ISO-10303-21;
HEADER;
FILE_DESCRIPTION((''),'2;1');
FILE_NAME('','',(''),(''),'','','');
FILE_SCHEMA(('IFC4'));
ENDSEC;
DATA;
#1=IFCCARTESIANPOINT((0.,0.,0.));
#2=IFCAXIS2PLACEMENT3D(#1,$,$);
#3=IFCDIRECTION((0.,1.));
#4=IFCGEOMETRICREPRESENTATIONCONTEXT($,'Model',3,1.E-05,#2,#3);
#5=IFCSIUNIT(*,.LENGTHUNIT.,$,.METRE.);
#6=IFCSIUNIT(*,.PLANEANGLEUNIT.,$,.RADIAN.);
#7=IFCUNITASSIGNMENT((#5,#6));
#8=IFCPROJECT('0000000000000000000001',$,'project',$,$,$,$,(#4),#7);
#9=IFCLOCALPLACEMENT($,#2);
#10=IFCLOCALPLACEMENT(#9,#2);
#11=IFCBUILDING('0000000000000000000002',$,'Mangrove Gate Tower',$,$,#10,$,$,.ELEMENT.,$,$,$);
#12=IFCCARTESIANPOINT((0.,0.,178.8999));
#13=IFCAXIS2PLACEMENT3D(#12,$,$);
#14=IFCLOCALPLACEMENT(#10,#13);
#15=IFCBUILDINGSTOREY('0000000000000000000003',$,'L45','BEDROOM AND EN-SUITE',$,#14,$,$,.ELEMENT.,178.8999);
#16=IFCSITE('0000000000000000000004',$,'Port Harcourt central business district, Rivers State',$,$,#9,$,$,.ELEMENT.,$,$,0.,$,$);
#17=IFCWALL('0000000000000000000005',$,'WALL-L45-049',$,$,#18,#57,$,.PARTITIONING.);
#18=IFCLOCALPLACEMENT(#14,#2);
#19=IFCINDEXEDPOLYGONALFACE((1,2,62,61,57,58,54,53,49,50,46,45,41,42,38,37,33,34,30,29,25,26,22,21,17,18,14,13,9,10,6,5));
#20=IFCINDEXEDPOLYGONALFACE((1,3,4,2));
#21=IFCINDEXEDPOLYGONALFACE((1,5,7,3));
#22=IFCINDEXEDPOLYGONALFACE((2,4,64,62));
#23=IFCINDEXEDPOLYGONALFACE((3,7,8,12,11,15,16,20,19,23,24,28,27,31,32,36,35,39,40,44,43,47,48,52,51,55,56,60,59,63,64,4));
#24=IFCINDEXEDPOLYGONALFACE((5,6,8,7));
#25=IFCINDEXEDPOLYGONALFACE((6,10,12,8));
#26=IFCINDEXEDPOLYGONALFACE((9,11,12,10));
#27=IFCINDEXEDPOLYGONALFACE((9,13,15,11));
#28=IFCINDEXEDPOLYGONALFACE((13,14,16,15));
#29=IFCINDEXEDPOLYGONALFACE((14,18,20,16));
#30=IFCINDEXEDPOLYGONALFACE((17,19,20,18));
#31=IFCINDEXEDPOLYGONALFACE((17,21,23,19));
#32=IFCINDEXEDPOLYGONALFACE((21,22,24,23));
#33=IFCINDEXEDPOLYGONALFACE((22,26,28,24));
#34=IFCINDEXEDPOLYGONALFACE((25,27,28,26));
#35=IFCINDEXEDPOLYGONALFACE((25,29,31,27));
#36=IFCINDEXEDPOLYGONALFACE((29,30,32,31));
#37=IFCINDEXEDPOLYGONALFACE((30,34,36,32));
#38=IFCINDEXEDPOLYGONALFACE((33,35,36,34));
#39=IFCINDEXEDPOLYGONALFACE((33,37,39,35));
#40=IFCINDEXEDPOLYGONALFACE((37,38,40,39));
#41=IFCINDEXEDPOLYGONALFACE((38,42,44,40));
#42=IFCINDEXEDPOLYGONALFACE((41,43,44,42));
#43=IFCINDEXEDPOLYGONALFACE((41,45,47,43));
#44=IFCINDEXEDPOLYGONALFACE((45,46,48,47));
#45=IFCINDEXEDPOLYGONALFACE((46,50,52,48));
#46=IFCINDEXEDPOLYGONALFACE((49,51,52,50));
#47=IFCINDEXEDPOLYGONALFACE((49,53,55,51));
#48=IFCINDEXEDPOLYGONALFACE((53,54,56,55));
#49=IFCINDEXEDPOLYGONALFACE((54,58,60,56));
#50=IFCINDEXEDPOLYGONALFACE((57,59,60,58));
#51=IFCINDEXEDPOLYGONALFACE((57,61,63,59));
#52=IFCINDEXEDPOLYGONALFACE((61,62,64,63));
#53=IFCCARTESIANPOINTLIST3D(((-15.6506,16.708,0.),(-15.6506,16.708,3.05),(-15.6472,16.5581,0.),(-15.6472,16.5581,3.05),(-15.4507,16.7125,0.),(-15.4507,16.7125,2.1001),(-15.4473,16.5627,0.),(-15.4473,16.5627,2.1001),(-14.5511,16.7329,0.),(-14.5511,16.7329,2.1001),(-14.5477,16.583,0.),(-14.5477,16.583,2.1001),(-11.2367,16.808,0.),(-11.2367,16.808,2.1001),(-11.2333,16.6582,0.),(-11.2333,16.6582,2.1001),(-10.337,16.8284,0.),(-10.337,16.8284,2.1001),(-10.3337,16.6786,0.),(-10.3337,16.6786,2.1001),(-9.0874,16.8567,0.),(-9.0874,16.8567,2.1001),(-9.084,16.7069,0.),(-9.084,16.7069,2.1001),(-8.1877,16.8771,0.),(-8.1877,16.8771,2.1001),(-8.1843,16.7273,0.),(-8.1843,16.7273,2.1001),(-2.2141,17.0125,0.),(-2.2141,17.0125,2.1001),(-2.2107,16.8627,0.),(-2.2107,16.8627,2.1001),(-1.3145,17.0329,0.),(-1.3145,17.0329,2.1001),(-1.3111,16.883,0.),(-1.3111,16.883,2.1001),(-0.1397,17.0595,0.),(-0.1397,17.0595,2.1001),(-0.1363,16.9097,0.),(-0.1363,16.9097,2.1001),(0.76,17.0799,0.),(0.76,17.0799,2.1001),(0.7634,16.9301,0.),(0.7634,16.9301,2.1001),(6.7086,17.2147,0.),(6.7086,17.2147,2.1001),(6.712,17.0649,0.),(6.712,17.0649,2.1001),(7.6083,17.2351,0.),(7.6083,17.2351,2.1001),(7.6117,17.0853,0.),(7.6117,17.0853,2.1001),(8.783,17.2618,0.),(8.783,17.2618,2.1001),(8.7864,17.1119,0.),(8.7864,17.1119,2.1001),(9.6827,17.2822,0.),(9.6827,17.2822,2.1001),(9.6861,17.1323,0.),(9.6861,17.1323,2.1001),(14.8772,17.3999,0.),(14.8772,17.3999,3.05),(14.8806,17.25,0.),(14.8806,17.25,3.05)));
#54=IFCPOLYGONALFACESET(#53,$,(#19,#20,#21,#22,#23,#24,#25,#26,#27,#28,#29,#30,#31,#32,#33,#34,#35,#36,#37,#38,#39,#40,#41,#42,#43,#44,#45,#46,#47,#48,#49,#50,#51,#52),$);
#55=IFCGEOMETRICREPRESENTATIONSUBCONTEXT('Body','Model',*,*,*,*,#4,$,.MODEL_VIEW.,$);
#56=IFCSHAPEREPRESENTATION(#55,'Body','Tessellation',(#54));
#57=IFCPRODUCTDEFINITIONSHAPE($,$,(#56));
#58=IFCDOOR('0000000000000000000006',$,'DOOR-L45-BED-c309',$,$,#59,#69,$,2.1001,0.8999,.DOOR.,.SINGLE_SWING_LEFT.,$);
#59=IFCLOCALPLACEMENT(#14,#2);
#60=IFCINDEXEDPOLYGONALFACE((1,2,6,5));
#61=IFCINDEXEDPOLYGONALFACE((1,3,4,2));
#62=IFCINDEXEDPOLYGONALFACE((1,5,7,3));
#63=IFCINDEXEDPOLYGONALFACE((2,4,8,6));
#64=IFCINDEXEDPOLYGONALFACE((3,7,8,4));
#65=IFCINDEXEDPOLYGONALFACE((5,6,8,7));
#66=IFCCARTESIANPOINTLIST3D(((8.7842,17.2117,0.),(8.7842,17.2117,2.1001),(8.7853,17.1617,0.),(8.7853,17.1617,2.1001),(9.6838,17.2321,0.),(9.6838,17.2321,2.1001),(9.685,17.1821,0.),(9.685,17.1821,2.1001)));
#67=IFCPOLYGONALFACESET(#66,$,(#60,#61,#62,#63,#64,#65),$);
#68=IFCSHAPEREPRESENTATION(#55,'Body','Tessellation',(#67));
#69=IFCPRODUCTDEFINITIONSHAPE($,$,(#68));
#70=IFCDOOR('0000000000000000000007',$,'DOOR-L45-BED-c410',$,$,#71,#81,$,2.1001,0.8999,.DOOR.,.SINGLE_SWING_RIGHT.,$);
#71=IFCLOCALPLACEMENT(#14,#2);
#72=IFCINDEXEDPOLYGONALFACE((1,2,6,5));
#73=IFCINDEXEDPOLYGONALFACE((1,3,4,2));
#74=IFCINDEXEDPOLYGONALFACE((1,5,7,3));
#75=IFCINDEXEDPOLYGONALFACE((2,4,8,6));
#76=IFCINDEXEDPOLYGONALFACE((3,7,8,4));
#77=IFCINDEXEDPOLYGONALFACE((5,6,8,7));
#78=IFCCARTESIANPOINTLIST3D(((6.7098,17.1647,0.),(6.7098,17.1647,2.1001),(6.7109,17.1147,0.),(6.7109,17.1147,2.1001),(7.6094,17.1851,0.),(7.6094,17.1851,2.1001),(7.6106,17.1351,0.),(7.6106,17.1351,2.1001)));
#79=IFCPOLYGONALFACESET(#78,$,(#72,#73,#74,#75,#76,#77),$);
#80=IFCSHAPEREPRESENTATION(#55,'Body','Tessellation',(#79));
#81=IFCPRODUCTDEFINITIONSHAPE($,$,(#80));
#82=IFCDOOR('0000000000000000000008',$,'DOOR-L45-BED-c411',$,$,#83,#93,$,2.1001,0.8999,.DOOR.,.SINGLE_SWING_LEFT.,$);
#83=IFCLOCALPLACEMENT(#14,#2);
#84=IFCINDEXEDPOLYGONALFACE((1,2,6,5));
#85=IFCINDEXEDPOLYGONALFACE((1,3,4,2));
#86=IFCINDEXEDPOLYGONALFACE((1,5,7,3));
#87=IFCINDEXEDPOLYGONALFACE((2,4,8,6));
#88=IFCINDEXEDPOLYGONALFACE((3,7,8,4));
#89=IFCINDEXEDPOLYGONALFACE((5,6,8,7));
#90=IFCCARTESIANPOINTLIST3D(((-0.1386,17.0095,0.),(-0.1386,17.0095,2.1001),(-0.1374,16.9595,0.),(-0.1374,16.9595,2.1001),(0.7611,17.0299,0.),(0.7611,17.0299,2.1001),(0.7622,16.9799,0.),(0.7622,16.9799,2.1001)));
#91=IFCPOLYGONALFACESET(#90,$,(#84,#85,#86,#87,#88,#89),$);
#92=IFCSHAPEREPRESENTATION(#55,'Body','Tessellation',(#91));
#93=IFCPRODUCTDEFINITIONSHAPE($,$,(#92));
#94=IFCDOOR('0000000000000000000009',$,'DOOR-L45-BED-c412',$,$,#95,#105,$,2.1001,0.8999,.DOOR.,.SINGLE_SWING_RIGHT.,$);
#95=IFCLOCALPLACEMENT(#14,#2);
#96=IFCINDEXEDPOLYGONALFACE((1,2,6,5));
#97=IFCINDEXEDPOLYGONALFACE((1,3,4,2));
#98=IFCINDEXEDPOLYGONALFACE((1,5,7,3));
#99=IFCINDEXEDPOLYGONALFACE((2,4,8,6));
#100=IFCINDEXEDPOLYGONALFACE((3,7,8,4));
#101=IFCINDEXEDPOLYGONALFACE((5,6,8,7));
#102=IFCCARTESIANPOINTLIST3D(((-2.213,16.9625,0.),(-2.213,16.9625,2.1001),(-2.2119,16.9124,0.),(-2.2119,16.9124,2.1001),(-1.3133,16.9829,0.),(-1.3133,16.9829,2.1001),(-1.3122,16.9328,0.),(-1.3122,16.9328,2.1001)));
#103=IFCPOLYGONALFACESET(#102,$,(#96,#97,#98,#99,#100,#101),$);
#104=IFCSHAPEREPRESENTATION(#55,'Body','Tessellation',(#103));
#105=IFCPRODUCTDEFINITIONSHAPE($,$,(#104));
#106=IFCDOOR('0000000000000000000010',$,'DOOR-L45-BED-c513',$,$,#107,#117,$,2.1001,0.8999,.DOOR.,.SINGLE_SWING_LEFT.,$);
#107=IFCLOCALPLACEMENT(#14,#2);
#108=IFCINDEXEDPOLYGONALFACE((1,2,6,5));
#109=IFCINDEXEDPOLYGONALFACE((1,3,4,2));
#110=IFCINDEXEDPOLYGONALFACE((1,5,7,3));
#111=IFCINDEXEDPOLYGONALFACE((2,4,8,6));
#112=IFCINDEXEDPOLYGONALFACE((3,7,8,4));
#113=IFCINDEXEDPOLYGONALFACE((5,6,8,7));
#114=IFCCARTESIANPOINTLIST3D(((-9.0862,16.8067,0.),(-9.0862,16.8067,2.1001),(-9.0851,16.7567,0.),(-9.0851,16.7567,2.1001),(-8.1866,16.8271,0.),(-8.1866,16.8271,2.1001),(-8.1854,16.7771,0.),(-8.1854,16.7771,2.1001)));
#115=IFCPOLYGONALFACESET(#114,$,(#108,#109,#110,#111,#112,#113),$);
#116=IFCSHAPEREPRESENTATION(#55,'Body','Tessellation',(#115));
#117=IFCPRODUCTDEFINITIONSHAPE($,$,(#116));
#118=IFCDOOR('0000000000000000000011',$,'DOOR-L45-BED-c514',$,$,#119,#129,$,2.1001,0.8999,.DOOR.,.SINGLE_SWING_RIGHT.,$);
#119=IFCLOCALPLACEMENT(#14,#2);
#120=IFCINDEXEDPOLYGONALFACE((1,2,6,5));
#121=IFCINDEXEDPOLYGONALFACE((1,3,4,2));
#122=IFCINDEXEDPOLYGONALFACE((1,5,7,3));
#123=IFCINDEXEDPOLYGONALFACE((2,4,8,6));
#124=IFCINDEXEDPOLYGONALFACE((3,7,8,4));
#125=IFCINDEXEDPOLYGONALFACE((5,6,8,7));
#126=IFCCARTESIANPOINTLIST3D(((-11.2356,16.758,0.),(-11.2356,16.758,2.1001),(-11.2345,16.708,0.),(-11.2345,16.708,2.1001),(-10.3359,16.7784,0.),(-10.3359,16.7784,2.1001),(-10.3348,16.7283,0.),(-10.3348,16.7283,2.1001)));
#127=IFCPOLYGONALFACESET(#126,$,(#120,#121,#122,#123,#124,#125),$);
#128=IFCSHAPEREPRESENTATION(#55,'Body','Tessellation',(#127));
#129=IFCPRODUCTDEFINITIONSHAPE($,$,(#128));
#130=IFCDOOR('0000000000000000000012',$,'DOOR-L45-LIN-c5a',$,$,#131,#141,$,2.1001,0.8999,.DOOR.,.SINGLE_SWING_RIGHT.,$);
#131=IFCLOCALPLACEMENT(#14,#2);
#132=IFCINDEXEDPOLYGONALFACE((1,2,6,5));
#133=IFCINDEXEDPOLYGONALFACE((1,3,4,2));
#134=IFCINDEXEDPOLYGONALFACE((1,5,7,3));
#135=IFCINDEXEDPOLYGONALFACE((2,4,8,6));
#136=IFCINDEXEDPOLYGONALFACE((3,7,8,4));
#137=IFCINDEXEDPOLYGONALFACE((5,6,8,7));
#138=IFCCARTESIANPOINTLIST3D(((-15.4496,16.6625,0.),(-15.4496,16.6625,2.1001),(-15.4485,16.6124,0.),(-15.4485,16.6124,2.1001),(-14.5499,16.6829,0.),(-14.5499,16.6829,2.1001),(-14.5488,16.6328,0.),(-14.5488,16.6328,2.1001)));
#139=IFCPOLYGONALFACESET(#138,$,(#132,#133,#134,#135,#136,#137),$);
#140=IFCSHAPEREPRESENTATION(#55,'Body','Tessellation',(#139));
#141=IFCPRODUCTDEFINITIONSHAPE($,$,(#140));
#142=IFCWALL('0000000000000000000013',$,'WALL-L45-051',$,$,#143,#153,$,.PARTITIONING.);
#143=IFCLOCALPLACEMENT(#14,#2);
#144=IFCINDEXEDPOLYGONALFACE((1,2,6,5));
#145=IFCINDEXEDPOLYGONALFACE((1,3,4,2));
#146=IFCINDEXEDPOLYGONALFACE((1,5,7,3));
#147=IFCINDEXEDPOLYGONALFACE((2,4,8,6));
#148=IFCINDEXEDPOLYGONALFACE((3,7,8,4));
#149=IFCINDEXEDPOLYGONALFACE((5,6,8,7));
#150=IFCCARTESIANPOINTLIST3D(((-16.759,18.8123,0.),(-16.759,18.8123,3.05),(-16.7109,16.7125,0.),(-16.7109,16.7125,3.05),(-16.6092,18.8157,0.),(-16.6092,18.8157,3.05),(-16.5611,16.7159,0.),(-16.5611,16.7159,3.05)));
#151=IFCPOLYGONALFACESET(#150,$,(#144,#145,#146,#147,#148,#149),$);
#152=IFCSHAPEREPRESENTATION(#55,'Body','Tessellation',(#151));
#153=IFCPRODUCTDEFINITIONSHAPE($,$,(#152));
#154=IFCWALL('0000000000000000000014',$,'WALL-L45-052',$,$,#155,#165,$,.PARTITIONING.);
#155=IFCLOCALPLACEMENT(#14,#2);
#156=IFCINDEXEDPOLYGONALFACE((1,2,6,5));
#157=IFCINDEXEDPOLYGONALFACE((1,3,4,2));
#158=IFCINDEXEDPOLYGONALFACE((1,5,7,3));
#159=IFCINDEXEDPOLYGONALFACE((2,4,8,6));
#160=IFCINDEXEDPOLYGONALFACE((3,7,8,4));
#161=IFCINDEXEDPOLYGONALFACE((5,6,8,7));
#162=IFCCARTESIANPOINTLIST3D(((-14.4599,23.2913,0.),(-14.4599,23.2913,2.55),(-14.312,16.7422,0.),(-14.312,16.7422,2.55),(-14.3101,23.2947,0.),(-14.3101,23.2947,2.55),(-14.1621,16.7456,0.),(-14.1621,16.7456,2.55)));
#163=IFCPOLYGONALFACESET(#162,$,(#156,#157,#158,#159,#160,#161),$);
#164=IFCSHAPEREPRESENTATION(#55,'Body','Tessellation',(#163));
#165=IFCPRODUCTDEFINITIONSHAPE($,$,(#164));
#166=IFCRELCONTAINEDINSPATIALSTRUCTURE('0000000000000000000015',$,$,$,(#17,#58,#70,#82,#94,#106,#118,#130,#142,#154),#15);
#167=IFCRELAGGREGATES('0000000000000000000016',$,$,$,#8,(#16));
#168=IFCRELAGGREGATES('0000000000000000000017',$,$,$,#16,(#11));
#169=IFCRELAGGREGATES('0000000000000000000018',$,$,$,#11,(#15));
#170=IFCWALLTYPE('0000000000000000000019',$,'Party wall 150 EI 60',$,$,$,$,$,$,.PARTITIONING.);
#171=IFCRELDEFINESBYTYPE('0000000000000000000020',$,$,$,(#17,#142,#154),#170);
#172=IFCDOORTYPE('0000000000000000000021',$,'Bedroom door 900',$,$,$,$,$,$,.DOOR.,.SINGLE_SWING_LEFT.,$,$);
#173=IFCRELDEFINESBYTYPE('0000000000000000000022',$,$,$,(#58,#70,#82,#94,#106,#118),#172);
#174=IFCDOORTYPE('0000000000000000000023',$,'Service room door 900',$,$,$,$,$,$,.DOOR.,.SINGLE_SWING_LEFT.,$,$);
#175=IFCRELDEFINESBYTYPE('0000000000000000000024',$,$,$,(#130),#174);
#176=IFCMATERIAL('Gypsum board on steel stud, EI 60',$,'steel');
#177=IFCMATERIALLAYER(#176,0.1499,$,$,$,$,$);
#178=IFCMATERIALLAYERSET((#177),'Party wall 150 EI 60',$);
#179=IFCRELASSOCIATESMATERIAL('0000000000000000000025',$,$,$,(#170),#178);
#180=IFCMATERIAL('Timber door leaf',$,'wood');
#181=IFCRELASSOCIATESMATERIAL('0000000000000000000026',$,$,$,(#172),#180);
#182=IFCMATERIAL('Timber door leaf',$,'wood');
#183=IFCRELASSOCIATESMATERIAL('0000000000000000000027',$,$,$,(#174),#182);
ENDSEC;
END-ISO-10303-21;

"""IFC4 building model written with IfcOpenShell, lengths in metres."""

from ifc_helpers import new_model, si_unit, direction, frame, frame_2d, origin, place, context, subcontext, project, spatial, rectangle, extrude, material, layer, layer_set, type_object, element, fill, save


model = new_model("IFC4")

# Units and contexts
model_context = context("Model", 3, precision=1e-05, world=origin(), true_north=direction((0.0, 1.0)))
body_context = subcontext(model_context, "Body", "Model", "MODEL_VIEW")
ifc_project = project(units=[si_unit("LENGTHUNIT", "METRE"), si_unit("PLANEANGLEUNIT", "RADIAN")], contexts=[model_context])

# Site, building, storey
site_placement = place(None, origin())
site = spatial("IfcSite", under=ifc_project, at=site_placement, Name="Port Harcourt central business district, Rivers State", CompositionType="ELEMENT", RefElevation=0.0)
building_placement = place(site_placement, origin())
building = spatial("IfcBuilding", under=site, at=building_placement, Name="Mangrove Gate Tower", CompositionType="ELEMENT")
storey_placement = place(building_placement, frame((0.0, 0.0, 178.8999)))
storey = spatial("IfcBuildingStorey", under=building, at=storey_placement, Name="L45", Description="BEDROOM AND EN-SUITE", CompositionType="ELEMENT", Elevation=178.8999)

# Wall, openings, doors
ifc_material_1 = material(Name="Gypsum board on steel stud, EI 60", Category="steel")
ifc_layer_1 = layer(ifc_material_1, 0.1499)
ifc_layer_set_1 = layer_set([ifc_layer_1], Name="Party wall 150 EI 60")
wall_type_1 = type_object("IfcWallType", Name="Party wall 150 EI 60", PredefinedType="PARTITIONING", material=ifc_layer_set_1)
wall_1_placement = place(storey_placement, frame((-15.6489, 16.6331, 0.0), z_axis=(0.0, 0.0, 1.0), x_axis=(0.999743, 0.022659, 0.0)))
wall_1 = element("IfcWall", 1, at=wall_1_placement, inside=storey, type_object=wall_type_1, Name="WALL-L45-049", PredefinedType="PARTITIONING", context=body_context, shape_type="SweptSolid", body=[
    extrude(rectangle(XDim=30.5356, YDim=0.1499, at=frame_2d((15.2678, 0.0))), origin(), (0.0, 0.0, 1.0), 3.05),
])
opening_1_placement = place(wall_1_placement, frame((24.4399, 0.0, 0.0)))
opening_1 = element("IfcOpeningElement", 2, at=opening_1_placement, cuts=wall_1, PredefinedType="OPENING", context=body_context, shape_type="SweptSolid", body=[
    extrude(rectangle(XDim=0.8999, YDim=2.1001, at=frame_2d((0.45, 1.05))), frame((0.0, 0.085, 0.0), z_axis=(0.0, -1.0, 0.0), x_axis=(1.0, 0.0, 0.0)), (0.0, 0.0, 1.0), 0.1699),
])
opening_2_placement = place(wall_1_placement, frame((22.365, 0.0, 0.0)))
opening_2 = element("IfcOpeningElement", 3, at=opening_2_placement, cuts=wall_1, PredefinedType="OPENING", context=body_context, shape_type="SweptSolid", body=[
    extrude(rectangle(XDim=0.8999, YDim=2.1001, at=frame_2d((0.45, 1.05))), frame((0.0, 0.085, 0.0), z_axis=(0.0, -1.0, 0.0), x_axis=(1.0, 0.0, 0.0)), (0.0, 0.0, 1.0), 0.1699),
])
opening_3_placement = place(wall_1_placement, frame((15.5149, 0.0, 0.0)))
opening_3 = element("IfcOpeningElement", 4, at=opening_3_placement, cuts=wall_1, PredefinedType="OPENING", context=body_context, shape_type="SweptSolid", body=[
    extrude(rectangle(XDim=0.8999, YDim=2.1001, at=frame_2d((0.45, 1.05))), frame((0.0, 0.085, 0.0), z_axis=(0.0, -1.0, 0.0), x_axis=(1.0, 0.0, 0.0)), (0.0, 0.0, 1.0), 0.1699),
])
opening_4_placement = place(wall_1_placement, frame((13.4399, 0.0, 0.0)))
opening_4 = element("IfcOpeningElement", 5, at=opening_4_placement, cuts=wall_1, PredefinedType="OPENING", context=body_context, shape_type="SweptSolid", body=[
    extrude(rectangle(XDim=0.8999, YDim=2.1001, at=frame_2d((0.45, 1.05))), frame((0.0, 0.085, 0.0), z_axis=(0.0, -1.0, 0.0), x_axis=(1.0, 0.0, 0.0)), (0.0, 0.0, 1.0), 0.1699),
])
opening_5_placement = place(wall_1_placement, frame((6.5649, 0.0, 0.0)))
opening_5 = element("IfcOpeningElement", 6, at=opening_5_placement, cuts=wall_1, PredefinedType="OPENING", context=body_context, shape_type="SweptSolid", body=[
    extrude(rectangle(XDim=0.8999, YDim=2.1001, at=frame_2d((0.45, 1.05))), frame((0.0, 0.085, 0.0), z_axis=(0.0, -1.0, 0.0), x_axis=(1.0, 0.0, 0.0)), (0.0, 0.0, 1.0), 0.1699),
])
opening_6_placement = place(wall_1_placement, frame((4.415, 0.0, 0.0)))
opening_6 = element("IfcOpeningElement", 7, at=opening_6_placement, cuts=wall_1, PredefinedType="OPENING", context=body_context, shape_type="SweptSolid", body=[
    extrude(rectangle(XDim=0.8999, YDim=2.1001, at=frame_2d((0.45, 1.05))), frame((0.0, 0.085, 0.0), z_axis=(0.0, -1.0, 0.0), x_axis=(1.0, 0.0, 0.0)), (0.0, 0.0, 1.0), 0.1699),
])
opening_7_placement = place(wall_1_placement, frame((0.2, 0.0, 0.0)))
opening_7 = element("IfcOpeningElement", 8, at=opening_7_placement, cuts=wall_1, PredefinedType="OPENING", context=body_context, shape_type="SweptSolid", body=[
    extrude(rectangle(XDim=0.8999, YDim=2.1001, at=frame_2d((0.45, 1.05))), frame((0.0, 0.085, 0.0), z_axis=(0.0, -1.0, 0.0), x_axis=(1.0, 0.0, 0.0)), (0.0, 0.0, 1.0), 0.1699),
])
ifc_material_2 = material(Name="Timber door leaf", Category="wood")
door_type_1 = type_object("IfcDoorType", Name="Bedroom door 900", OperationType="SINGLE_SWING_LEFT", PredefinedType="DOOR", material=ifc_material_2)
door_1_placement = place(opening_1_placement, origin())
door_1 = element("IfcDoor", 9, at=door_1_placement, inside=storey, type_object=door_type_1, Name="DOOR-L45-BED-c309", OperationType="SINGLE_SWING_LEFT", OverallHeight=2.1001, OverallWidth=0.8999, PredefinedType="DOOR", context=body_context, shape_type="SweptSolid", body=[
    extrude(rectangle(XDim=0.8999, YDim=2.1001, at=frame_2d((0.45, 1.05))), frame((0.0, 0.0249, 0.0), z_axis=(0.0, -1.0, 0.0), x_axis=(1.0, 0.0, 0.0)), (0.0, 0.0, 1.0), 0.05),
])
fill(opening_1, door_1)
door_2_placement = place(opening_2_placement, origin())
door_2 = element("IfcDoor", 10, at=door_2_placement, inside=storey, type_object=door_type_1, Name="DOOR-L45-BED-c410", OperationType="SINGLE_SWING_RIGHT", OverallHeight=2.1001, OverallWidth=0.8999, PredefinedType="DOOR", context=body_context, shape_type="SweptSolid", body=[
    extrude(rectangle(XDim=0.8999, YDim=2.1001, at=frame_2d((0.45, 1.05))), frame((0.0, 0.0249, 0.0), z_axis=(0.0, -1.0, 0.0), x_axis=(1.0, 0.0, 0.0)), (0.0, 0.0, 1.0), 0.05),
])
fill(opening_2, door_2)
door_3_placement = place(opening_3_placement, origin())
door_3 = element("IfcDoor", 11, at=door_3_placement, inside=storey, type_object=door_type_1, Name="DOOR-L45-BED-c411", OperationType="SINGLE_SWING_LEFT", OverallHeight=2.1001, OverallWidth=0.8999, PredefinedType="DOOR", context=body_context, shape_type="SweptSolid", body=[
    extrude(rectangle(XDim=0.8999, YDim=2.1001, at=frame_2d((0.45, 1.05))), frame((0.0, 0.0249, 0.0), z_axis=(0.0, -1.0, 0.0), x_axis=(1.0, 0.0, 0.0)), (0.0, 0.0, 1.0), 0.05),
])
fill(opening_3, door_3)
door_4_placement = place(opening_4_placement, origin())
door_4 = element("IfcDoor", 12, at=door_4_placement, inside=storey, type_object=door_type_1, Name="DOOR-L45-BED-c412", OperationType="SINGLE_SWING_RIGHT", OverallHeight=2.1001, OverallWidth=0.8999, PredefinedType="DOOR", context=body_context, shape_type="SweptSolid", body=[
    extrude(rectangle(XDim=0.8999, YDim=2.1001, at=frame_2d((0.45, 1.05))), frame((0.0, 0.0249, 0.0), z_axis=(0.0, -1.0, 0.0), x_axis=(1.0, 0.0, 0.0)), (0.0, 0.0, 1.0), 0.05),
])
fill(opening_4, door_4)
door_5_placement = place(opening_5_placement, origin())
door_5 = element("IfcDoor", 13, at=door_5_placement, inside=storey, type_object=door_type_1, Name="DOOR-L45-BED-c513", OperationType="SINGLE_SWING_LEFT", OverallHeight=2.1001, OverallWidth=0.8999, PredefinedType="DOOR", context=body_context, shape_type="SweptSolid", body=[
    extrude(rectangle(XDim=0.8999, YDim=2.1001, at=frame_2d((0.45, 1.05))), frame((0.0, 0.0249, 0.0), z_axis=(0.0, -1.0, 0.0), x_axis=(1.0, 0.0, 0.0)), (0.0, 0.0, 1.0), 0.05),
])
fill(opening_5, door_5)
door_6_placement = place(opening_6_placement, origin())
door_6 = element("IfcDoor", 14, at=door_6_placement, inside=storey, type_object=door_type_1, Name="DOOR-L45-BED-c514", OperationType="SINGLE_SWING_RIGHT", OverallHeight=2.1001, OverallWidth=0.8999, PredefinedType="DOOR", context=body_context, shape_type="SweptSolid", body=[
    extrude(rectangle(XDim=0.8999, YDim=2.1001, at=frame_2d((0.45, 1.05))), frame((0.0, 0.0249, 0.0), z_axis=(0.0, -1.0, 0.0), x_axis=(1.0, 0.0, 0.0)), (0.0, 0.0, 1.0), 0.05),
])
fill(opening_6, door_6)
ifc_material_3 = material(Name="Timber door leaf", Category="wood")
door_type_2 = type_object("IfcDoorType", Name="Service room door 900", OperationType="SINGLE_SWING_LEFT", PredefinedType="DOOR", material=ifc_material_3)
door_7_placement = place(opening_7_placement, origin())
door_7 = element("IfcDoor", 15, at=door_7_placement, inside=storey, type_object=door_type_2, Name="DOOR-L45-LIN-c5a", OperationType="SINGLE_SWING_RIGHT", OverallHeight=2.1001, OverallWidth=0.8999, PredefinedType="DOOR", context=body_context, shape_type="SweptSolid", body=[
    extrude(rectangle(XDim=0.8999, YDim=2.1001, at=frame_2d((0.45, 1.05))), frame((0.0, 0.0249, 0.0), z_axis=(0.0, -1.0, 0.0), x_axis=(1.0, 0.0, 0.0)), (0.0, 0.0, 1.0), 0.05),
])
fill(opening_7, door_7)

# Walls
wall_2_placement = place(storey_placement, frame((-16.636, 16.7141, 0.0), z_axis=(0.0, 0.0, 1.0), x_axis=(-0.022898, 0.999738, 0.0)))
element("IfcWall", 16, at=wall_2_placement, inside=storey, type_object=wall_type_1, Name="WALL-L45-051", PredefinedType="PARTITIONING", context=body_context, shape_type="SweptSolid", body=[
    extrude(rectangle(XDim=2.1003, YDim=0.1499, at=frame_2d((1.0503, 0.0))), origin(), (0.0, 0.0, 1.0), 3.05),
])
wall_3_placement = place(storey_placement, frame((-14.2371, 16.7439, 0.0), z_axis=(0.0, 0.0, 1.0), x_axis=(-0.022585, 0.999745, 0.0)))
element("IfcWall", 17, at=wall_3_placement, inside=storey, type_object=wall_type_1, Name="WALL-L45-052", PredefinedType="PARTITIONING", context=body_context, shape_type="SweptSolid", body=[
    extrude(rectangle(XDim=6.5508, YDim=0.1499, at=frame_2d((3.2754, 0.0))), origin(), (0.0, 0.0, 1.0), 2.55),
])

save(model, "model.ifc")
